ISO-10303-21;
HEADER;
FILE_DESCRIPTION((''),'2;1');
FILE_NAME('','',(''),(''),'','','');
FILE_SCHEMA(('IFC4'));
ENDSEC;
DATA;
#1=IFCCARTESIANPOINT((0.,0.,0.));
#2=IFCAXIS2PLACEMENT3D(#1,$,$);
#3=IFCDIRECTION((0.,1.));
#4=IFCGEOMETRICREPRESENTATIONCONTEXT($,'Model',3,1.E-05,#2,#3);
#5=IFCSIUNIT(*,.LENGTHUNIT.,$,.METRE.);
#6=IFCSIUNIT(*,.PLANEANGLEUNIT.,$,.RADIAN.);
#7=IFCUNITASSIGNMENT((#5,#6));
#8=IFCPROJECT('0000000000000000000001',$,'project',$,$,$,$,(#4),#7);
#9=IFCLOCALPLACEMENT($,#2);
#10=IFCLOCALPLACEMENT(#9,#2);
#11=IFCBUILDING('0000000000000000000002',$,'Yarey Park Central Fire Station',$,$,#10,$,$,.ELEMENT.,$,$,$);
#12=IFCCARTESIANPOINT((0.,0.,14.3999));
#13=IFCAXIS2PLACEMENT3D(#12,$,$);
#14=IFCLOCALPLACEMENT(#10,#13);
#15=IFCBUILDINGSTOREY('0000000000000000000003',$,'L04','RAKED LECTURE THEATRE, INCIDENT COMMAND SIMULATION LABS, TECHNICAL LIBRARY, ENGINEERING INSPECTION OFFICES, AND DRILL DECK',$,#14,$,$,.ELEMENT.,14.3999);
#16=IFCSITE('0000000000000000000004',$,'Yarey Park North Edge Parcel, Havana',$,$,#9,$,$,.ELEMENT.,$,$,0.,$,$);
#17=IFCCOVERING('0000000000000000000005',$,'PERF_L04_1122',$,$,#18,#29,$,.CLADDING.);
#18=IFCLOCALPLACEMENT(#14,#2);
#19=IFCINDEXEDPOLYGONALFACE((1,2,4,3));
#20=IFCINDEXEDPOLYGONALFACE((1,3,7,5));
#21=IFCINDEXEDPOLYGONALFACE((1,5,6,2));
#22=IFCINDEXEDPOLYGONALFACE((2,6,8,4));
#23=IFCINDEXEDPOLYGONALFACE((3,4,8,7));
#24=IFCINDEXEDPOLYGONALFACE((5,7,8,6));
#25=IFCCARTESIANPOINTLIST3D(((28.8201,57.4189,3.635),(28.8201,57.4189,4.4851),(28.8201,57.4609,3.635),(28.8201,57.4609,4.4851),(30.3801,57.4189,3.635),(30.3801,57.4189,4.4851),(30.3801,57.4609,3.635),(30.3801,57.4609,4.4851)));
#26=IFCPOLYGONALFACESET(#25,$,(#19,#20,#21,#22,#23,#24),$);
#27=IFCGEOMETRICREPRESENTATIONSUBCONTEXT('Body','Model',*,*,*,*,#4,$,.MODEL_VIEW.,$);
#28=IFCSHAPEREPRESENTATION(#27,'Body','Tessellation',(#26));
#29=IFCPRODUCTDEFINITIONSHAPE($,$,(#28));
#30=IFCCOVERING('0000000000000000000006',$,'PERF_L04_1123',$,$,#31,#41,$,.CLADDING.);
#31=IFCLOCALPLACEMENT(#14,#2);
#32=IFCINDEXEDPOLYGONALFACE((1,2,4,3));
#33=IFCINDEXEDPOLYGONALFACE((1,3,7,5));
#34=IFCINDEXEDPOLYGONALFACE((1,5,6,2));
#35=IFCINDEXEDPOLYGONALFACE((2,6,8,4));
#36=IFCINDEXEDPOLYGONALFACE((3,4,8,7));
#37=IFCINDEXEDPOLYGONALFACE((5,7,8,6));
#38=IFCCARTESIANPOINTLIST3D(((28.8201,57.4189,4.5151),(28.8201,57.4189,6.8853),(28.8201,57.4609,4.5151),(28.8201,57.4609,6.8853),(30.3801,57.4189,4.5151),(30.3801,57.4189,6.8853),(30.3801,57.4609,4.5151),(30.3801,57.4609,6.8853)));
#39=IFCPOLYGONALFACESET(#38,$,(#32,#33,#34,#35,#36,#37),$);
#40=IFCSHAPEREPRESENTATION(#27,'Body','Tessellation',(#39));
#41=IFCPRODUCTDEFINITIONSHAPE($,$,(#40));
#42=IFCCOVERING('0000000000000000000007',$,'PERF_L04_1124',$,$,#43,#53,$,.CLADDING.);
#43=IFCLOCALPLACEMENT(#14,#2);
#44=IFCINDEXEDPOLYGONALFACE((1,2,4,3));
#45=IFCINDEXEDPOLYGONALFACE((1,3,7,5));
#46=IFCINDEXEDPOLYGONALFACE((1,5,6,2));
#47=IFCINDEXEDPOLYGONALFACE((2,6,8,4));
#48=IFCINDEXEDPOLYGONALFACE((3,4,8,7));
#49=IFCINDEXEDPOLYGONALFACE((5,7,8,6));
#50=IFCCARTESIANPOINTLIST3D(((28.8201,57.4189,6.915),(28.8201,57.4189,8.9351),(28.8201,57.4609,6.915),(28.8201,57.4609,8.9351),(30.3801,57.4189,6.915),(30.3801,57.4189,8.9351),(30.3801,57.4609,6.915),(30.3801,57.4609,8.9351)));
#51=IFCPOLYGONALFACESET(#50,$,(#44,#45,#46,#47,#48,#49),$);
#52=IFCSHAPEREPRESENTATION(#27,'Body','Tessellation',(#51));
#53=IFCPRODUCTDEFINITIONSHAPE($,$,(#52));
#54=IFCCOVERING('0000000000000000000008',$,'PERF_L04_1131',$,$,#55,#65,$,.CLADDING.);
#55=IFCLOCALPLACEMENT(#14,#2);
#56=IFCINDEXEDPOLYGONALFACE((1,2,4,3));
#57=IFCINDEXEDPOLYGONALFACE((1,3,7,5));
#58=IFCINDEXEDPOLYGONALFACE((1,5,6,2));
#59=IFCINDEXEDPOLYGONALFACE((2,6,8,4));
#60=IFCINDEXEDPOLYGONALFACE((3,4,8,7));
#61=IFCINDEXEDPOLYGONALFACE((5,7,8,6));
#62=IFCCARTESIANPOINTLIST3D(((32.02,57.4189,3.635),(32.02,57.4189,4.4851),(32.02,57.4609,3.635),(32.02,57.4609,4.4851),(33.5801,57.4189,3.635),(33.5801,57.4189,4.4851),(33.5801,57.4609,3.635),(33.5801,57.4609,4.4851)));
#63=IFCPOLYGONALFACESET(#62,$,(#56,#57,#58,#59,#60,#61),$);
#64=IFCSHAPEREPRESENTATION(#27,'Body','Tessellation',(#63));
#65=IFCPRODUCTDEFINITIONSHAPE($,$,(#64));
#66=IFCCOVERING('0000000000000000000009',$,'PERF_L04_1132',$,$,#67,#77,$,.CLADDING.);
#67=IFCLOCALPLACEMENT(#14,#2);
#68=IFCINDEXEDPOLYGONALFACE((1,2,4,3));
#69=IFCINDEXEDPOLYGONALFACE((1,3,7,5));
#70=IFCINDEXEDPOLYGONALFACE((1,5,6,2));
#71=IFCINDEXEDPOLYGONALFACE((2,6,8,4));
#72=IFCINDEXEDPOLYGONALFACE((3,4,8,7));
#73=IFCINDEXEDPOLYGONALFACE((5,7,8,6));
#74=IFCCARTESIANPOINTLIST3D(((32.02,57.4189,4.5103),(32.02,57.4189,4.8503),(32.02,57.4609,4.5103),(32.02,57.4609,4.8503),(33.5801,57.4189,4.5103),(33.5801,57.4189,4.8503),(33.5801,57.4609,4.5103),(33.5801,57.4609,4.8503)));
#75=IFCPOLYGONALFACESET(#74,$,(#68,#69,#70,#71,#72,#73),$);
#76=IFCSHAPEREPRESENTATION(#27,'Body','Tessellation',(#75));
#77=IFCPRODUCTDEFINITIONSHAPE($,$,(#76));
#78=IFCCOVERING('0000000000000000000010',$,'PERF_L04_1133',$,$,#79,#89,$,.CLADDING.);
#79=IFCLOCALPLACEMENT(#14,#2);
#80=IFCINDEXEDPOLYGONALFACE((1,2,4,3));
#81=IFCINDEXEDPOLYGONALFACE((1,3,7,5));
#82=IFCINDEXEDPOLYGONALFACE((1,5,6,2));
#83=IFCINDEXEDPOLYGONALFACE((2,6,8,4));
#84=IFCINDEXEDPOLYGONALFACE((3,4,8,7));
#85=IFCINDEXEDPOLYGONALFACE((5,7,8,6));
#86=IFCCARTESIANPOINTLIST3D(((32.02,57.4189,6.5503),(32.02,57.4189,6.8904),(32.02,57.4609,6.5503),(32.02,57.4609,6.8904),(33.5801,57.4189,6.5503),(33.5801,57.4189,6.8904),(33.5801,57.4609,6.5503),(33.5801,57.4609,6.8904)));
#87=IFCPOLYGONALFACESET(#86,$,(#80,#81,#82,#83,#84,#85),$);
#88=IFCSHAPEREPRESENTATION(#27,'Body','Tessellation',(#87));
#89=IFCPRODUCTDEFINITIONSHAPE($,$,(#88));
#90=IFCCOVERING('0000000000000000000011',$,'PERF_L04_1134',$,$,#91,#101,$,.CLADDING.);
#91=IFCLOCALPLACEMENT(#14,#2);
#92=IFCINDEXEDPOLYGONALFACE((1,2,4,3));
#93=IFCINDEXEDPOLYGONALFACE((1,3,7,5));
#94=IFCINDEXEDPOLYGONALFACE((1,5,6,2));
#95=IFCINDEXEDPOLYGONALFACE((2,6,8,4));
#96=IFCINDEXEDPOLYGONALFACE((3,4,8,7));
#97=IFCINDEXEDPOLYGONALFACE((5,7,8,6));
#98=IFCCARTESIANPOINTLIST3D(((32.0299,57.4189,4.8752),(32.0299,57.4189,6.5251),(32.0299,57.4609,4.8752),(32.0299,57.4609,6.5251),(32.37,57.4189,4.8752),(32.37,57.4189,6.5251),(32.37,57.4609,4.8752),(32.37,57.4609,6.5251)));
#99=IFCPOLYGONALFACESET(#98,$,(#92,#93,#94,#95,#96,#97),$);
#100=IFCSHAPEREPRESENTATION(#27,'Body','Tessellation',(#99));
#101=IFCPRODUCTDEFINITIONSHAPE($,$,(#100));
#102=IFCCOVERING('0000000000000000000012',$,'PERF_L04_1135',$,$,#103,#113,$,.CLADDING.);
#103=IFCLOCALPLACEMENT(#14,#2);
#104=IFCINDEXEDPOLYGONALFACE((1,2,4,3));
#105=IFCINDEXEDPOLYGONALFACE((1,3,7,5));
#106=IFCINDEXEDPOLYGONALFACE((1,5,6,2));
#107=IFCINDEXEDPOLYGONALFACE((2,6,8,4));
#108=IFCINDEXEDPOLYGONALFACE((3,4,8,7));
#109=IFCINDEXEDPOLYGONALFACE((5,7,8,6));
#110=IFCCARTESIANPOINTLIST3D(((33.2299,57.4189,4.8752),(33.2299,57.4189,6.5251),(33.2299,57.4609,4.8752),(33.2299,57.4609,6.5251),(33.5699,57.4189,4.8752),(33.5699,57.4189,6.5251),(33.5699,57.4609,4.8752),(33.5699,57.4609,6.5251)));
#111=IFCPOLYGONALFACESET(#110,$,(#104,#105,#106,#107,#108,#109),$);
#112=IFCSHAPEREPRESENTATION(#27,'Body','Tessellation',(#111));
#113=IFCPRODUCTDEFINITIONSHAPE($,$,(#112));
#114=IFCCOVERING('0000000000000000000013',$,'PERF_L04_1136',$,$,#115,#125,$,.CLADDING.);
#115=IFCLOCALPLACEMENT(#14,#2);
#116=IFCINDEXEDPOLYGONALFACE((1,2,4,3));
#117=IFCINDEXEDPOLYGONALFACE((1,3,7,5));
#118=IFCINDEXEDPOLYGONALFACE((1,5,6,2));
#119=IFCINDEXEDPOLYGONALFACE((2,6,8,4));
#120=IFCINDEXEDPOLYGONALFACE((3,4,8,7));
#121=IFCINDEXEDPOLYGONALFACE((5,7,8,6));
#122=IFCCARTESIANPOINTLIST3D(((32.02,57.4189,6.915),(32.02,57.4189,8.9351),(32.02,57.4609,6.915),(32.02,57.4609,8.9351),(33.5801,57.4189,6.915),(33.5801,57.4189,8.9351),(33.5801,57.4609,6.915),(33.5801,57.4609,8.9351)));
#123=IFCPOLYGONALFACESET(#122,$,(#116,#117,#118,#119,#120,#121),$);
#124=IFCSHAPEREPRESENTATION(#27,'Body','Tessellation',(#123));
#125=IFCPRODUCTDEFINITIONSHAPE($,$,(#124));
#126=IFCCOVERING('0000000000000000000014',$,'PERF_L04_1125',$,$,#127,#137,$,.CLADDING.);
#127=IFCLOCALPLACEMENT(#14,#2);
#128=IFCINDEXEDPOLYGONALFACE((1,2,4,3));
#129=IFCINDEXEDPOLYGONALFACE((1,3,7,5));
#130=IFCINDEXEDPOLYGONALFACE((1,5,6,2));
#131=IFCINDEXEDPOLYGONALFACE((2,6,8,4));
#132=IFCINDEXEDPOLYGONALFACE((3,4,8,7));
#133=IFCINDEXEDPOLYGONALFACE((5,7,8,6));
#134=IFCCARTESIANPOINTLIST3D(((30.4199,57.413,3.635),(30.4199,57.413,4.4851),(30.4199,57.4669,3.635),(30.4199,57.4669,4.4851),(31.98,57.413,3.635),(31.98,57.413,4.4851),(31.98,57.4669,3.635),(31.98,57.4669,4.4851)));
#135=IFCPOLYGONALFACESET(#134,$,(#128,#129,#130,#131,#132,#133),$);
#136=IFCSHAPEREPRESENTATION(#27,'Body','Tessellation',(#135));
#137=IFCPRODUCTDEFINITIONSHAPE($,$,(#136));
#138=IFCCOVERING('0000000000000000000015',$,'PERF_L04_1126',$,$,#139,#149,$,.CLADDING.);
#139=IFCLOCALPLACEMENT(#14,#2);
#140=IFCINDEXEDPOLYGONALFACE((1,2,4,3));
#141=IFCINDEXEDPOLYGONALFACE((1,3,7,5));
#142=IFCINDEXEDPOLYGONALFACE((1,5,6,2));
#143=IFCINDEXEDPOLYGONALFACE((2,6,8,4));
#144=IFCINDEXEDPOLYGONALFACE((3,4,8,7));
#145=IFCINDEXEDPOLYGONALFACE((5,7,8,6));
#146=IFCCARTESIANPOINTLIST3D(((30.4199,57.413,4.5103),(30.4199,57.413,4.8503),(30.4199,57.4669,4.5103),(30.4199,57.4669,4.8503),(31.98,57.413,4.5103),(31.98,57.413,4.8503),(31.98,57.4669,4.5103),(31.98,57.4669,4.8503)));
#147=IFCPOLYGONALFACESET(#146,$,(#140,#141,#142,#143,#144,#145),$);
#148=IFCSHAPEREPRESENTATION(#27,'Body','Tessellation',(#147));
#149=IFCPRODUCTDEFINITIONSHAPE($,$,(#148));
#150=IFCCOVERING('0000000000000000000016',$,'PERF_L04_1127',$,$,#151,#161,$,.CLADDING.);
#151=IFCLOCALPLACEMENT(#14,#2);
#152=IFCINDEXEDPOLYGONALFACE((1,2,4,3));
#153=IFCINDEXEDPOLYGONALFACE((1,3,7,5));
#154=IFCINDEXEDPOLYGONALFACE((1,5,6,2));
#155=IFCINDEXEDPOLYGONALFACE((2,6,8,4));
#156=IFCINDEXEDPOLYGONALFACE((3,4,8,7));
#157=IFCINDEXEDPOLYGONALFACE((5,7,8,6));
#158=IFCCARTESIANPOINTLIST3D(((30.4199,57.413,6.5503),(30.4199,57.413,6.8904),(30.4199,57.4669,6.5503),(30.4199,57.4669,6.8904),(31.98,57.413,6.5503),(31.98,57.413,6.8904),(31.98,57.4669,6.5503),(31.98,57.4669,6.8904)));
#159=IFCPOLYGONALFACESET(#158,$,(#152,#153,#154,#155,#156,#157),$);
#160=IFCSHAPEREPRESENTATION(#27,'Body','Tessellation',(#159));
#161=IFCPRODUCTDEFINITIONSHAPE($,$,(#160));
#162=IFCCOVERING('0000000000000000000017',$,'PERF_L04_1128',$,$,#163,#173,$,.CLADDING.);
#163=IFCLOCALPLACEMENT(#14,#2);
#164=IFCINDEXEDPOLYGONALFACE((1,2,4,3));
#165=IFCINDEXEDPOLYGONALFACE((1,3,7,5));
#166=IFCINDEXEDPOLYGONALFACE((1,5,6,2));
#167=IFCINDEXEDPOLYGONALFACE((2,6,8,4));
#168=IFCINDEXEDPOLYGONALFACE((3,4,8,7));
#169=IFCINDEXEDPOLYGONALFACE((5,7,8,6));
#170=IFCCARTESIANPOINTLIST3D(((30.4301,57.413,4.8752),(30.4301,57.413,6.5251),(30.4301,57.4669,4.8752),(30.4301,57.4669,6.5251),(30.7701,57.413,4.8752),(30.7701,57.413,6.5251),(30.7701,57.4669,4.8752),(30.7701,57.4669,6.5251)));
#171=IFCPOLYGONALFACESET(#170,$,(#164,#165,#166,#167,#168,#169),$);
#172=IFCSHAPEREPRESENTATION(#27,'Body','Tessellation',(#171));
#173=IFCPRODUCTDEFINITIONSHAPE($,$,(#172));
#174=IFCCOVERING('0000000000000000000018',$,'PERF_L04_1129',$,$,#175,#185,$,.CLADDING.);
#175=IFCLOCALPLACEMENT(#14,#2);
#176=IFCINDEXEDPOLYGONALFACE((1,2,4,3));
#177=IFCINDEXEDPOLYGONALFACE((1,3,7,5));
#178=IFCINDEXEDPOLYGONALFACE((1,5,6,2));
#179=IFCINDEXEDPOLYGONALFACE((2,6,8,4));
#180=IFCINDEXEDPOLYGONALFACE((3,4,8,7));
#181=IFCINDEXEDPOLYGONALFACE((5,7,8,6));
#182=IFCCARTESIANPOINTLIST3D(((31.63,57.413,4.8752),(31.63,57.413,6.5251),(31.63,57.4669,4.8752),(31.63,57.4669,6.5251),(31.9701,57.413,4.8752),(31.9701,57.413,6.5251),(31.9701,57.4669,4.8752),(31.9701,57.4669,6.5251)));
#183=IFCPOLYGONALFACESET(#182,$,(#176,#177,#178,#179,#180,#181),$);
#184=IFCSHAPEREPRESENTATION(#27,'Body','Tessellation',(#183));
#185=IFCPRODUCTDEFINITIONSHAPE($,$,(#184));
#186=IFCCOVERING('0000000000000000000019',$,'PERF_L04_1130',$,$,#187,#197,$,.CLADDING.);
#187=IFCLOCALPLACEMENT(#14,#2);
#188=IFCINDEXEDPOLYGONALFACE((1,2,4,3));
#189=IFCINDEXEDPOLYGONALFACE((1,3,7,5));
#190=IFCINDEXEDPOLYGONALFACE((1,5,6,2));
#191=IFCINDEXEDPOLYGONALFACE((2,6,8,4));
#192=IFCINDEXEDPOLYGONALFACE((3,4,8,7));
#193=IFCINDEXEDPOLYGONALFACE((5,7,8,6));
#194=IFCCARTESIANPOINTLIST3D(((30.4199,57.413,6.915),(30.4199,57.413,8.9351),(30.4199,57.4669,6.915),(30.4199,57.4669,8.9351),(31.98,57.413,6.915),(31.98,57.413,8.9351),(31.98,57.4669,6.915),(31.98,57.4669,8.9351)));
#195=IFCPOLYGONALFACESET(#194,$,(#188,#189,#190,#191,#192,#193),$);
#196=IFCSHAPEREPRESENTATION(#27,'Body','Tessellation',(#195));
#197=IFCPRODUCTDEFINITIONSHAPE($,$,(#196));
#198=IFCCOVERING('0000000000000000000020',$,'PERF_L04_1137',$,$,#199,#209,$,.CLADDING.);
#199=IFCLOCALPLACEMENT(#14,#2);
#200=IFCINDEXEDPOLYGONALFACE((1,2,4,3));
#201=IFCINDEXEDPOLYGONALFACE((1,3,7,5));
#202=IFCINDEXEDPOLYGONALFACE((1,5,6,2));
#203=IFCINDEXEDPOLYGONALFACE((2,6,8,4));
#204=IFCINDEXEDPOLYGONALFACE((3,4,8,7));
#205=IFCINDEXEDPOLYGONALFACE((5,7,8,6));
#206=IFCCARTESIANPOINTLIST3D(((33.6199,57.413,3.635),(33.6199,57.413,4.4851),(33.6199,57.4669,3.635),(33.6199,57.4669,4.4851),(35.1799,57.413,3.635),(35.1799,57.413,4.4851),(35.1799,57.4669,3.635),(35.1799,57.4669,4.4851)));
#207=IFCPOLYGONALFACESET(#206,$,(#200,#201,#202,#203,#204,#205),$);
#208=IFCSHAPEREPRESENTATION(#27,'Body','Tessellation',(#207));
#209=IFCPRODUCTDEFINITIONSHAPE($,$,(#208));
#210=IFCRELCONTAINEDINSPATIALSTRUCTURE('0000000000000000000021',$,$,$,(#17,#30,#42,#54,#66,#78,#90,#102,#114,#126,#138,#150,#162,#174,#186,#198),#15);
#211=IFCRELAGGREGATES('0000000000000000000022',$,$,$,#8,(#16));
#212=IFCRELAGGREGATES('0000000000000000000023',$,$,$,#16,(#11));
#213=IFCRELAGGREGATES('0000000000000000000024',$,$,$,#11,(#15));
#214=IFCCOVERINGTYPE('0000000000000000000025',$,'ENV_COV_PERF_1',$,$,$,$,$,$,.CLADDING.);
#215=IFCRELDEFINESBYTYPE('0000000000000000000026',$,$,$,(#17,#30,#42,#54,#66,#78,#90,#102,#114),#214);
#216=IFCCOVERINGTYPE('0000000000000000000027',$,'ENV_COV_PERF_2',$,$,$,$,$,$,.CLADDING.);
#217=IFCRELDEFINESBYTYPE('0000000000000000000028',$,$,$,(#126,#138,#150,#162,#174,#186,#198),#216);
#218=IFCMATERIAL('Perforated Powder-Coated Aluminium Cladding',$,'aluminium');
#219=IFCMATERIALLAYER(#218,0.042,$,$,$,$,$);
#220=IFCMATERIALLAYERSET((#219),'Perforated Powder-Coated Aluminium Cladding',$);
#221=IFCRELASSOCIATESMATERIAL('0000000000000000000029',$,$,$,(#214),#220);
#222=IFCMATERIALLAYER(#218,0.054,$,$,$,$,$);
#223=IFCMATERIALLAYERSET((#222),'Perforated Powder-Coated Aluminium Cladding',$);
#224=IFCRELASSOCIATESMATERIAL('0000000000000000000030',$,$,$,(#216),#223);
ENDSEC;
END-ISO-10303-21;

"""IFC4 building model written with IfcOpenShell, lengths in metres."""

from ifc_helpers import new_model, si_unit, direction, frame, origin, origin_2d, place, context, subcontext, project, spatial, rectangle, extrude, material, layer, layer_set, type_object, element, save


model = new_model("IFC4")

# Units and contexts
model_context = context("Model", 3, precision=1e-05, world=origin(), true_north=direction((0.0, 1.0)))
body_context = subcontext(model_context, "Body", "Model", "MODEL_VIEW")
ifc_project = project(units=[si_unit("LENGTHUNIT", "METRE"), si_unit("PLANEANGLEUNIT", "RADIAN")], contexts=[model_context])

# Site, building, storey
site_placement = place(None, origin())
site = spatial("IfcSite", under=ifc_project, at=site_placement, Name="Yarey Park North Edge Parcel, Havana", CompositionType="ELEMENT", RefElevation=0.0)
building_placement = place(site_placement, origin())
building = spatial("IfcBuilding", under=site, at=building_placement, Name="Yarey Park Central Fire Station", CompositionType="ELEMENT")
storey_placement = place(building_placement, frame((0.0, 0.0, 14.3999)))
storey = spatial("IfcBuildingStorey", under=building, at=storey_placement, Name="L04", Description="RAKED LECTURE THEATRE, INCIDENT COMMAND SIMULATION LABS, TECHNICAL LIBRARY, ENGINEERING INSPECTION OFFICES, AND DRILL DECK", CompositionType="ELEMENT", Elevation=14.3999)

# Coverings
ifc_material_1 = material(Name="Perforated Powder-Coated Aluminium Cladding", Category="aluminium")
ifc_layer_1 = layer(ifc_material_1, 0.042)
ifc_layer_set_1 = layer_set([ifc_layer_1], Name="Perforated Powder-Coated Aluminium Cladding")
covering_type_1 = type_object("IfcCoveringType", Name="ENV_COV_PERF_1", PredefinedType="CLADDING", material=ifc_layer_set_1)
covering_1_placement = place(storey_placement, frame((29.6001, 57.4399, 3.635), z_axis=(0.0, 0.0, 1.0), x_axis=(1.0, 0.0, 0.0)))
element("IfcCovering", 1, at=covering_1_placement, inside=storey, type_object=covering_type_1, Name="PERF_L04_1122", PredefinedType="CLADDING", context=body_context, shape_type="SweptSolid", body=[
    extrude(rectangle(XDim=1.5601, YDim=0.042, at=origin_2d()), origin(), (0.0, 0.0, 1.0), 0.8501),
])
covering_2_placement = place(storey_placement, frame((29.6001, 57.4399, 4.5151), z_axis=(0.0, 0.0, 1.0), x_axis=(1.0, 0.0, 0.0)))
element("IfcCovering", 2, at=covering_2_placement, inside=storey, type_object=covering_type_1, Name="PERF_L04_1123", PredefinedType="CLADDING", context=body_context, shape_type="SweptSolid", body=[
    extrude(rectangle(XDim=1.5601, YDim=0.042, at=origin_2d()), origin(), (0.0, 0.0, 1.0), 2.3701),
])
covering_3_placement = place(storey_placement, frame((29.6001, 57.4399, 6.915), z_axis=(0.0, 0.0, 1.0), x_axis=(1.0, 0.0, 0.0)))
element("IfcCovering", 3, at=covering_3_placement, inside=storey, type_object=covering_type_1, Name="PERF_L04_1124", PredefinedType="CLADDING", context=body_context, shape_type="SweptSolid", body=[
    extrude(rectangle(XDim=1.5601, YDim=0.042, at=origin_2d()), origin(), (0.0, 0.0, 1.0), 2.02),
])
covering_4_placement = place(storey_placement, frame((32.8, 57.4399, 3.635), z_axis=(0.0, 0.0, 1.0), x_axis=(1.0, 0.0, 0.0)))
element("IfcCovering", 4, at=covering_4_placement, inside=storey, type_object=covering_type_1, Name="PERF_L04_1131", PredefinedType="CLADDING", context=body_context, shape_type="SweptSolid", body=[
    extrude(rectangle(XDim=1.5601, YDim=0.042, at=origin_2d()), origin(), (0.0, 0.0, 1.0), 0.8501),
])
for number, where, z_axis, x_axis, name in (
    (5, (32.8, 57.4399, 4.5103), (0.0, 0.0, 1.0), (1.0, 0.0, 0.0), "PERF_L04_1132"),
    (6, (32.8, 57.4399, 6.5503), (0.0, 0.0, 1.0), (1.0, 0.0, 0.0), "PERF_L04_1133"),
):
    element("IfcCovering", number, at=place(storey_placement, frame(where, z_axis=z_axis, x_axis=x_axis)), inside=storey, type_object=covering_type_1, Name=name, PredefinedType="CLADDING", context=body_context, shape_type="SweptSolid", body=[
        extrude(rectangle(XDim=1.5601, YDim=0.042, at=origin_2d()), origin(), (0.0, 0.0, 1.0), 0.3401),
    ])
for number, where, z_axis, x_axis, name in (
    (7, (32.2, 57.4399, 4.8752), (0.0, 0.0, 1.0), (1.0, 0.0, 0.0), "PERF_L04_1134"),
    (8, (33.3999, 57.4399, 4.8752), (0.0, 0.0, 1.0), (1.0, 0.0, 0.0), "PERF_L04_1135"),
):
    element("IfcCovering", number, at=place(storey_placement, frame(where, z_axis=z_axis, x_axis=x_axis)), inside=storey, type_object=covering_type_1, Name=name, PredefinedType="CLADDING", context=body_context, shape_type="SweptSolid", body=[
        extrude(rectangle(XDim=0.3401, YDim=0.042, at=origin_2d()), origin(), (0.0, 0.0, 1.0), 1.6499),
    ])
covering_5_placement = place(storey_placement, frame((32.8, 57.4399, 6.915), z_axis=(0.0, 0.0, 1.0), x_axis=(1.0, 0.0, 0.0)))
element("IfcCovering", 9, at=covering_5_placement, inside=storey, type_object=covering_type_1, Name="PERF_L04_1136", PredefinedType="CLADDING", context=body_context, shape_type="SweptSolid", body=[
    extrude(rectangle(XDim=1.5601, YDim=0.042, at=origin_2d()), origin(), (0.0, 0.0, 1.0), 2.02),
])
ifc_layer_2 = layer(ifc_material_1, 0.054)
ifc_layer_set_2 = layer_set([ifc_layer_2], Name="Perforated Powder-Coated Aluminium Cladding")
covering_type_2 = type_object("IfcCoveringType", Name="ENV_COV_PERF_2", PredefinedType="CLADDING", material=ifc_layer_set_2)
covering_6_placement = place(storey_placement, frame((31.2, 57.4399, 3.635), z_axis=(0.0, 0.0, 1.0), x_axis=(1.0, 0.0, 0.0)))
element("IfcCovering", 10, at=covering_6_placement, inside=storey, type_object=covering_type_2, Name="PERF_L04_1125", PredefinedType="CLADDING", context=body_context, shape_type="SweptSolid", body=[
    extrude(rectangle(XDim=1.5601, YDim=0.054, at=origin_2d()), origin(), (0.0, 0.0, 1.0), 0.8501),
])
for number, where, z_axis, x_axis, name in (
    (11, (31.2, 57.4399, 4.5103), (0.0, 0.0, 1.0), (1.0, 0.0, 0.0), "PERF_L04_1126"),
    (12, (31.2, 57.4399, 6.5503), (0.0, 0.0, 1.0), (1.0, 0.0, 0.0), "PERF_L04_1127"),
):
    element("IfcCovering", number, at=place(storey_placement, frame(where, z_axis=z_axis, x_axis=x_axis)), inside=storey, type_object=covering_type_2, Name=name, PredefinedType="CLADDING", context=body_context, shape_type="SweptSolid", body=[
        extrude(rectangle(XDim=1.5601, YDim=0.054, at=origin_2d()), origin(), (0.0, 0.0, 1.0), 0.3401),
    ])
for number, where, z_axis, x_axis, name in (
    (13, (30.6001, 57.4399, 4.8752), (0.0, 0.0, 1.0), (1.0, 0.0, 0.0), "PERF_L04_1128"),
    (14, (31.8, 57.4399, 4.8752), (0.0, 0.0, 1.0), (1.0, 0.0, 0.0), "PERF_L04_1129"),
):
    element("IfcCovering", number, at=place(storey_placement, frame(where, z_axis=z_axis, x_axis=x_axis)), inside=storey, type_object=covering_type_2, Name=name, PredefinedType="CLADDING", context=body_context, shape_type="SweptSolid", body=[
        extrude(rectangle(XDim=0.3401, YDim=0.054, at=origin_2d()), origin(), (0.0, 0.0, 1.0), 1.6499),
    ])
covering_7_placement = place(storey_placement, frame((31.2, 57.4399, 6.915), z_axis=(0.0, 0.0, 1.0), x_axis=(1.0, 0.0, 0.0)))
element("IfcCovering", 15, at=covering_7_placement, inside=storey, type_object=covering_type_2, Name="PERF_L04_1130", PredefinedType="CLADDING", context=body_context, shape_type="SweptSolid", body=[
    extrude(rectangle(XDim=1.5601, YDim=0.054, at=origin_2d()), origin(), (0.0, 0.0, 1.0), 2.02),
])
covering_8_placement = place(storey_placement, frame((34.3999, 57.4399, 3.635), z_axis=(0.0, 0.0, 1.0), x_axis=(1.0, 0.0, 0.0)))
element("IfcCovering", 16, at=covering_8_placement, inside=storey, type_object=covering_type_2, Name="PERF_L04_1137", PredefinedType="CLADDING", context=body_context, shape_type="SweptSolid", body=[
    extrude(rectangle(XDim=1.5601, YDim=0.054, at=origin_2d()), origin(), (0.0, 0.0, 1.0), 0.8501),
])

save(model, "model.ifc")
